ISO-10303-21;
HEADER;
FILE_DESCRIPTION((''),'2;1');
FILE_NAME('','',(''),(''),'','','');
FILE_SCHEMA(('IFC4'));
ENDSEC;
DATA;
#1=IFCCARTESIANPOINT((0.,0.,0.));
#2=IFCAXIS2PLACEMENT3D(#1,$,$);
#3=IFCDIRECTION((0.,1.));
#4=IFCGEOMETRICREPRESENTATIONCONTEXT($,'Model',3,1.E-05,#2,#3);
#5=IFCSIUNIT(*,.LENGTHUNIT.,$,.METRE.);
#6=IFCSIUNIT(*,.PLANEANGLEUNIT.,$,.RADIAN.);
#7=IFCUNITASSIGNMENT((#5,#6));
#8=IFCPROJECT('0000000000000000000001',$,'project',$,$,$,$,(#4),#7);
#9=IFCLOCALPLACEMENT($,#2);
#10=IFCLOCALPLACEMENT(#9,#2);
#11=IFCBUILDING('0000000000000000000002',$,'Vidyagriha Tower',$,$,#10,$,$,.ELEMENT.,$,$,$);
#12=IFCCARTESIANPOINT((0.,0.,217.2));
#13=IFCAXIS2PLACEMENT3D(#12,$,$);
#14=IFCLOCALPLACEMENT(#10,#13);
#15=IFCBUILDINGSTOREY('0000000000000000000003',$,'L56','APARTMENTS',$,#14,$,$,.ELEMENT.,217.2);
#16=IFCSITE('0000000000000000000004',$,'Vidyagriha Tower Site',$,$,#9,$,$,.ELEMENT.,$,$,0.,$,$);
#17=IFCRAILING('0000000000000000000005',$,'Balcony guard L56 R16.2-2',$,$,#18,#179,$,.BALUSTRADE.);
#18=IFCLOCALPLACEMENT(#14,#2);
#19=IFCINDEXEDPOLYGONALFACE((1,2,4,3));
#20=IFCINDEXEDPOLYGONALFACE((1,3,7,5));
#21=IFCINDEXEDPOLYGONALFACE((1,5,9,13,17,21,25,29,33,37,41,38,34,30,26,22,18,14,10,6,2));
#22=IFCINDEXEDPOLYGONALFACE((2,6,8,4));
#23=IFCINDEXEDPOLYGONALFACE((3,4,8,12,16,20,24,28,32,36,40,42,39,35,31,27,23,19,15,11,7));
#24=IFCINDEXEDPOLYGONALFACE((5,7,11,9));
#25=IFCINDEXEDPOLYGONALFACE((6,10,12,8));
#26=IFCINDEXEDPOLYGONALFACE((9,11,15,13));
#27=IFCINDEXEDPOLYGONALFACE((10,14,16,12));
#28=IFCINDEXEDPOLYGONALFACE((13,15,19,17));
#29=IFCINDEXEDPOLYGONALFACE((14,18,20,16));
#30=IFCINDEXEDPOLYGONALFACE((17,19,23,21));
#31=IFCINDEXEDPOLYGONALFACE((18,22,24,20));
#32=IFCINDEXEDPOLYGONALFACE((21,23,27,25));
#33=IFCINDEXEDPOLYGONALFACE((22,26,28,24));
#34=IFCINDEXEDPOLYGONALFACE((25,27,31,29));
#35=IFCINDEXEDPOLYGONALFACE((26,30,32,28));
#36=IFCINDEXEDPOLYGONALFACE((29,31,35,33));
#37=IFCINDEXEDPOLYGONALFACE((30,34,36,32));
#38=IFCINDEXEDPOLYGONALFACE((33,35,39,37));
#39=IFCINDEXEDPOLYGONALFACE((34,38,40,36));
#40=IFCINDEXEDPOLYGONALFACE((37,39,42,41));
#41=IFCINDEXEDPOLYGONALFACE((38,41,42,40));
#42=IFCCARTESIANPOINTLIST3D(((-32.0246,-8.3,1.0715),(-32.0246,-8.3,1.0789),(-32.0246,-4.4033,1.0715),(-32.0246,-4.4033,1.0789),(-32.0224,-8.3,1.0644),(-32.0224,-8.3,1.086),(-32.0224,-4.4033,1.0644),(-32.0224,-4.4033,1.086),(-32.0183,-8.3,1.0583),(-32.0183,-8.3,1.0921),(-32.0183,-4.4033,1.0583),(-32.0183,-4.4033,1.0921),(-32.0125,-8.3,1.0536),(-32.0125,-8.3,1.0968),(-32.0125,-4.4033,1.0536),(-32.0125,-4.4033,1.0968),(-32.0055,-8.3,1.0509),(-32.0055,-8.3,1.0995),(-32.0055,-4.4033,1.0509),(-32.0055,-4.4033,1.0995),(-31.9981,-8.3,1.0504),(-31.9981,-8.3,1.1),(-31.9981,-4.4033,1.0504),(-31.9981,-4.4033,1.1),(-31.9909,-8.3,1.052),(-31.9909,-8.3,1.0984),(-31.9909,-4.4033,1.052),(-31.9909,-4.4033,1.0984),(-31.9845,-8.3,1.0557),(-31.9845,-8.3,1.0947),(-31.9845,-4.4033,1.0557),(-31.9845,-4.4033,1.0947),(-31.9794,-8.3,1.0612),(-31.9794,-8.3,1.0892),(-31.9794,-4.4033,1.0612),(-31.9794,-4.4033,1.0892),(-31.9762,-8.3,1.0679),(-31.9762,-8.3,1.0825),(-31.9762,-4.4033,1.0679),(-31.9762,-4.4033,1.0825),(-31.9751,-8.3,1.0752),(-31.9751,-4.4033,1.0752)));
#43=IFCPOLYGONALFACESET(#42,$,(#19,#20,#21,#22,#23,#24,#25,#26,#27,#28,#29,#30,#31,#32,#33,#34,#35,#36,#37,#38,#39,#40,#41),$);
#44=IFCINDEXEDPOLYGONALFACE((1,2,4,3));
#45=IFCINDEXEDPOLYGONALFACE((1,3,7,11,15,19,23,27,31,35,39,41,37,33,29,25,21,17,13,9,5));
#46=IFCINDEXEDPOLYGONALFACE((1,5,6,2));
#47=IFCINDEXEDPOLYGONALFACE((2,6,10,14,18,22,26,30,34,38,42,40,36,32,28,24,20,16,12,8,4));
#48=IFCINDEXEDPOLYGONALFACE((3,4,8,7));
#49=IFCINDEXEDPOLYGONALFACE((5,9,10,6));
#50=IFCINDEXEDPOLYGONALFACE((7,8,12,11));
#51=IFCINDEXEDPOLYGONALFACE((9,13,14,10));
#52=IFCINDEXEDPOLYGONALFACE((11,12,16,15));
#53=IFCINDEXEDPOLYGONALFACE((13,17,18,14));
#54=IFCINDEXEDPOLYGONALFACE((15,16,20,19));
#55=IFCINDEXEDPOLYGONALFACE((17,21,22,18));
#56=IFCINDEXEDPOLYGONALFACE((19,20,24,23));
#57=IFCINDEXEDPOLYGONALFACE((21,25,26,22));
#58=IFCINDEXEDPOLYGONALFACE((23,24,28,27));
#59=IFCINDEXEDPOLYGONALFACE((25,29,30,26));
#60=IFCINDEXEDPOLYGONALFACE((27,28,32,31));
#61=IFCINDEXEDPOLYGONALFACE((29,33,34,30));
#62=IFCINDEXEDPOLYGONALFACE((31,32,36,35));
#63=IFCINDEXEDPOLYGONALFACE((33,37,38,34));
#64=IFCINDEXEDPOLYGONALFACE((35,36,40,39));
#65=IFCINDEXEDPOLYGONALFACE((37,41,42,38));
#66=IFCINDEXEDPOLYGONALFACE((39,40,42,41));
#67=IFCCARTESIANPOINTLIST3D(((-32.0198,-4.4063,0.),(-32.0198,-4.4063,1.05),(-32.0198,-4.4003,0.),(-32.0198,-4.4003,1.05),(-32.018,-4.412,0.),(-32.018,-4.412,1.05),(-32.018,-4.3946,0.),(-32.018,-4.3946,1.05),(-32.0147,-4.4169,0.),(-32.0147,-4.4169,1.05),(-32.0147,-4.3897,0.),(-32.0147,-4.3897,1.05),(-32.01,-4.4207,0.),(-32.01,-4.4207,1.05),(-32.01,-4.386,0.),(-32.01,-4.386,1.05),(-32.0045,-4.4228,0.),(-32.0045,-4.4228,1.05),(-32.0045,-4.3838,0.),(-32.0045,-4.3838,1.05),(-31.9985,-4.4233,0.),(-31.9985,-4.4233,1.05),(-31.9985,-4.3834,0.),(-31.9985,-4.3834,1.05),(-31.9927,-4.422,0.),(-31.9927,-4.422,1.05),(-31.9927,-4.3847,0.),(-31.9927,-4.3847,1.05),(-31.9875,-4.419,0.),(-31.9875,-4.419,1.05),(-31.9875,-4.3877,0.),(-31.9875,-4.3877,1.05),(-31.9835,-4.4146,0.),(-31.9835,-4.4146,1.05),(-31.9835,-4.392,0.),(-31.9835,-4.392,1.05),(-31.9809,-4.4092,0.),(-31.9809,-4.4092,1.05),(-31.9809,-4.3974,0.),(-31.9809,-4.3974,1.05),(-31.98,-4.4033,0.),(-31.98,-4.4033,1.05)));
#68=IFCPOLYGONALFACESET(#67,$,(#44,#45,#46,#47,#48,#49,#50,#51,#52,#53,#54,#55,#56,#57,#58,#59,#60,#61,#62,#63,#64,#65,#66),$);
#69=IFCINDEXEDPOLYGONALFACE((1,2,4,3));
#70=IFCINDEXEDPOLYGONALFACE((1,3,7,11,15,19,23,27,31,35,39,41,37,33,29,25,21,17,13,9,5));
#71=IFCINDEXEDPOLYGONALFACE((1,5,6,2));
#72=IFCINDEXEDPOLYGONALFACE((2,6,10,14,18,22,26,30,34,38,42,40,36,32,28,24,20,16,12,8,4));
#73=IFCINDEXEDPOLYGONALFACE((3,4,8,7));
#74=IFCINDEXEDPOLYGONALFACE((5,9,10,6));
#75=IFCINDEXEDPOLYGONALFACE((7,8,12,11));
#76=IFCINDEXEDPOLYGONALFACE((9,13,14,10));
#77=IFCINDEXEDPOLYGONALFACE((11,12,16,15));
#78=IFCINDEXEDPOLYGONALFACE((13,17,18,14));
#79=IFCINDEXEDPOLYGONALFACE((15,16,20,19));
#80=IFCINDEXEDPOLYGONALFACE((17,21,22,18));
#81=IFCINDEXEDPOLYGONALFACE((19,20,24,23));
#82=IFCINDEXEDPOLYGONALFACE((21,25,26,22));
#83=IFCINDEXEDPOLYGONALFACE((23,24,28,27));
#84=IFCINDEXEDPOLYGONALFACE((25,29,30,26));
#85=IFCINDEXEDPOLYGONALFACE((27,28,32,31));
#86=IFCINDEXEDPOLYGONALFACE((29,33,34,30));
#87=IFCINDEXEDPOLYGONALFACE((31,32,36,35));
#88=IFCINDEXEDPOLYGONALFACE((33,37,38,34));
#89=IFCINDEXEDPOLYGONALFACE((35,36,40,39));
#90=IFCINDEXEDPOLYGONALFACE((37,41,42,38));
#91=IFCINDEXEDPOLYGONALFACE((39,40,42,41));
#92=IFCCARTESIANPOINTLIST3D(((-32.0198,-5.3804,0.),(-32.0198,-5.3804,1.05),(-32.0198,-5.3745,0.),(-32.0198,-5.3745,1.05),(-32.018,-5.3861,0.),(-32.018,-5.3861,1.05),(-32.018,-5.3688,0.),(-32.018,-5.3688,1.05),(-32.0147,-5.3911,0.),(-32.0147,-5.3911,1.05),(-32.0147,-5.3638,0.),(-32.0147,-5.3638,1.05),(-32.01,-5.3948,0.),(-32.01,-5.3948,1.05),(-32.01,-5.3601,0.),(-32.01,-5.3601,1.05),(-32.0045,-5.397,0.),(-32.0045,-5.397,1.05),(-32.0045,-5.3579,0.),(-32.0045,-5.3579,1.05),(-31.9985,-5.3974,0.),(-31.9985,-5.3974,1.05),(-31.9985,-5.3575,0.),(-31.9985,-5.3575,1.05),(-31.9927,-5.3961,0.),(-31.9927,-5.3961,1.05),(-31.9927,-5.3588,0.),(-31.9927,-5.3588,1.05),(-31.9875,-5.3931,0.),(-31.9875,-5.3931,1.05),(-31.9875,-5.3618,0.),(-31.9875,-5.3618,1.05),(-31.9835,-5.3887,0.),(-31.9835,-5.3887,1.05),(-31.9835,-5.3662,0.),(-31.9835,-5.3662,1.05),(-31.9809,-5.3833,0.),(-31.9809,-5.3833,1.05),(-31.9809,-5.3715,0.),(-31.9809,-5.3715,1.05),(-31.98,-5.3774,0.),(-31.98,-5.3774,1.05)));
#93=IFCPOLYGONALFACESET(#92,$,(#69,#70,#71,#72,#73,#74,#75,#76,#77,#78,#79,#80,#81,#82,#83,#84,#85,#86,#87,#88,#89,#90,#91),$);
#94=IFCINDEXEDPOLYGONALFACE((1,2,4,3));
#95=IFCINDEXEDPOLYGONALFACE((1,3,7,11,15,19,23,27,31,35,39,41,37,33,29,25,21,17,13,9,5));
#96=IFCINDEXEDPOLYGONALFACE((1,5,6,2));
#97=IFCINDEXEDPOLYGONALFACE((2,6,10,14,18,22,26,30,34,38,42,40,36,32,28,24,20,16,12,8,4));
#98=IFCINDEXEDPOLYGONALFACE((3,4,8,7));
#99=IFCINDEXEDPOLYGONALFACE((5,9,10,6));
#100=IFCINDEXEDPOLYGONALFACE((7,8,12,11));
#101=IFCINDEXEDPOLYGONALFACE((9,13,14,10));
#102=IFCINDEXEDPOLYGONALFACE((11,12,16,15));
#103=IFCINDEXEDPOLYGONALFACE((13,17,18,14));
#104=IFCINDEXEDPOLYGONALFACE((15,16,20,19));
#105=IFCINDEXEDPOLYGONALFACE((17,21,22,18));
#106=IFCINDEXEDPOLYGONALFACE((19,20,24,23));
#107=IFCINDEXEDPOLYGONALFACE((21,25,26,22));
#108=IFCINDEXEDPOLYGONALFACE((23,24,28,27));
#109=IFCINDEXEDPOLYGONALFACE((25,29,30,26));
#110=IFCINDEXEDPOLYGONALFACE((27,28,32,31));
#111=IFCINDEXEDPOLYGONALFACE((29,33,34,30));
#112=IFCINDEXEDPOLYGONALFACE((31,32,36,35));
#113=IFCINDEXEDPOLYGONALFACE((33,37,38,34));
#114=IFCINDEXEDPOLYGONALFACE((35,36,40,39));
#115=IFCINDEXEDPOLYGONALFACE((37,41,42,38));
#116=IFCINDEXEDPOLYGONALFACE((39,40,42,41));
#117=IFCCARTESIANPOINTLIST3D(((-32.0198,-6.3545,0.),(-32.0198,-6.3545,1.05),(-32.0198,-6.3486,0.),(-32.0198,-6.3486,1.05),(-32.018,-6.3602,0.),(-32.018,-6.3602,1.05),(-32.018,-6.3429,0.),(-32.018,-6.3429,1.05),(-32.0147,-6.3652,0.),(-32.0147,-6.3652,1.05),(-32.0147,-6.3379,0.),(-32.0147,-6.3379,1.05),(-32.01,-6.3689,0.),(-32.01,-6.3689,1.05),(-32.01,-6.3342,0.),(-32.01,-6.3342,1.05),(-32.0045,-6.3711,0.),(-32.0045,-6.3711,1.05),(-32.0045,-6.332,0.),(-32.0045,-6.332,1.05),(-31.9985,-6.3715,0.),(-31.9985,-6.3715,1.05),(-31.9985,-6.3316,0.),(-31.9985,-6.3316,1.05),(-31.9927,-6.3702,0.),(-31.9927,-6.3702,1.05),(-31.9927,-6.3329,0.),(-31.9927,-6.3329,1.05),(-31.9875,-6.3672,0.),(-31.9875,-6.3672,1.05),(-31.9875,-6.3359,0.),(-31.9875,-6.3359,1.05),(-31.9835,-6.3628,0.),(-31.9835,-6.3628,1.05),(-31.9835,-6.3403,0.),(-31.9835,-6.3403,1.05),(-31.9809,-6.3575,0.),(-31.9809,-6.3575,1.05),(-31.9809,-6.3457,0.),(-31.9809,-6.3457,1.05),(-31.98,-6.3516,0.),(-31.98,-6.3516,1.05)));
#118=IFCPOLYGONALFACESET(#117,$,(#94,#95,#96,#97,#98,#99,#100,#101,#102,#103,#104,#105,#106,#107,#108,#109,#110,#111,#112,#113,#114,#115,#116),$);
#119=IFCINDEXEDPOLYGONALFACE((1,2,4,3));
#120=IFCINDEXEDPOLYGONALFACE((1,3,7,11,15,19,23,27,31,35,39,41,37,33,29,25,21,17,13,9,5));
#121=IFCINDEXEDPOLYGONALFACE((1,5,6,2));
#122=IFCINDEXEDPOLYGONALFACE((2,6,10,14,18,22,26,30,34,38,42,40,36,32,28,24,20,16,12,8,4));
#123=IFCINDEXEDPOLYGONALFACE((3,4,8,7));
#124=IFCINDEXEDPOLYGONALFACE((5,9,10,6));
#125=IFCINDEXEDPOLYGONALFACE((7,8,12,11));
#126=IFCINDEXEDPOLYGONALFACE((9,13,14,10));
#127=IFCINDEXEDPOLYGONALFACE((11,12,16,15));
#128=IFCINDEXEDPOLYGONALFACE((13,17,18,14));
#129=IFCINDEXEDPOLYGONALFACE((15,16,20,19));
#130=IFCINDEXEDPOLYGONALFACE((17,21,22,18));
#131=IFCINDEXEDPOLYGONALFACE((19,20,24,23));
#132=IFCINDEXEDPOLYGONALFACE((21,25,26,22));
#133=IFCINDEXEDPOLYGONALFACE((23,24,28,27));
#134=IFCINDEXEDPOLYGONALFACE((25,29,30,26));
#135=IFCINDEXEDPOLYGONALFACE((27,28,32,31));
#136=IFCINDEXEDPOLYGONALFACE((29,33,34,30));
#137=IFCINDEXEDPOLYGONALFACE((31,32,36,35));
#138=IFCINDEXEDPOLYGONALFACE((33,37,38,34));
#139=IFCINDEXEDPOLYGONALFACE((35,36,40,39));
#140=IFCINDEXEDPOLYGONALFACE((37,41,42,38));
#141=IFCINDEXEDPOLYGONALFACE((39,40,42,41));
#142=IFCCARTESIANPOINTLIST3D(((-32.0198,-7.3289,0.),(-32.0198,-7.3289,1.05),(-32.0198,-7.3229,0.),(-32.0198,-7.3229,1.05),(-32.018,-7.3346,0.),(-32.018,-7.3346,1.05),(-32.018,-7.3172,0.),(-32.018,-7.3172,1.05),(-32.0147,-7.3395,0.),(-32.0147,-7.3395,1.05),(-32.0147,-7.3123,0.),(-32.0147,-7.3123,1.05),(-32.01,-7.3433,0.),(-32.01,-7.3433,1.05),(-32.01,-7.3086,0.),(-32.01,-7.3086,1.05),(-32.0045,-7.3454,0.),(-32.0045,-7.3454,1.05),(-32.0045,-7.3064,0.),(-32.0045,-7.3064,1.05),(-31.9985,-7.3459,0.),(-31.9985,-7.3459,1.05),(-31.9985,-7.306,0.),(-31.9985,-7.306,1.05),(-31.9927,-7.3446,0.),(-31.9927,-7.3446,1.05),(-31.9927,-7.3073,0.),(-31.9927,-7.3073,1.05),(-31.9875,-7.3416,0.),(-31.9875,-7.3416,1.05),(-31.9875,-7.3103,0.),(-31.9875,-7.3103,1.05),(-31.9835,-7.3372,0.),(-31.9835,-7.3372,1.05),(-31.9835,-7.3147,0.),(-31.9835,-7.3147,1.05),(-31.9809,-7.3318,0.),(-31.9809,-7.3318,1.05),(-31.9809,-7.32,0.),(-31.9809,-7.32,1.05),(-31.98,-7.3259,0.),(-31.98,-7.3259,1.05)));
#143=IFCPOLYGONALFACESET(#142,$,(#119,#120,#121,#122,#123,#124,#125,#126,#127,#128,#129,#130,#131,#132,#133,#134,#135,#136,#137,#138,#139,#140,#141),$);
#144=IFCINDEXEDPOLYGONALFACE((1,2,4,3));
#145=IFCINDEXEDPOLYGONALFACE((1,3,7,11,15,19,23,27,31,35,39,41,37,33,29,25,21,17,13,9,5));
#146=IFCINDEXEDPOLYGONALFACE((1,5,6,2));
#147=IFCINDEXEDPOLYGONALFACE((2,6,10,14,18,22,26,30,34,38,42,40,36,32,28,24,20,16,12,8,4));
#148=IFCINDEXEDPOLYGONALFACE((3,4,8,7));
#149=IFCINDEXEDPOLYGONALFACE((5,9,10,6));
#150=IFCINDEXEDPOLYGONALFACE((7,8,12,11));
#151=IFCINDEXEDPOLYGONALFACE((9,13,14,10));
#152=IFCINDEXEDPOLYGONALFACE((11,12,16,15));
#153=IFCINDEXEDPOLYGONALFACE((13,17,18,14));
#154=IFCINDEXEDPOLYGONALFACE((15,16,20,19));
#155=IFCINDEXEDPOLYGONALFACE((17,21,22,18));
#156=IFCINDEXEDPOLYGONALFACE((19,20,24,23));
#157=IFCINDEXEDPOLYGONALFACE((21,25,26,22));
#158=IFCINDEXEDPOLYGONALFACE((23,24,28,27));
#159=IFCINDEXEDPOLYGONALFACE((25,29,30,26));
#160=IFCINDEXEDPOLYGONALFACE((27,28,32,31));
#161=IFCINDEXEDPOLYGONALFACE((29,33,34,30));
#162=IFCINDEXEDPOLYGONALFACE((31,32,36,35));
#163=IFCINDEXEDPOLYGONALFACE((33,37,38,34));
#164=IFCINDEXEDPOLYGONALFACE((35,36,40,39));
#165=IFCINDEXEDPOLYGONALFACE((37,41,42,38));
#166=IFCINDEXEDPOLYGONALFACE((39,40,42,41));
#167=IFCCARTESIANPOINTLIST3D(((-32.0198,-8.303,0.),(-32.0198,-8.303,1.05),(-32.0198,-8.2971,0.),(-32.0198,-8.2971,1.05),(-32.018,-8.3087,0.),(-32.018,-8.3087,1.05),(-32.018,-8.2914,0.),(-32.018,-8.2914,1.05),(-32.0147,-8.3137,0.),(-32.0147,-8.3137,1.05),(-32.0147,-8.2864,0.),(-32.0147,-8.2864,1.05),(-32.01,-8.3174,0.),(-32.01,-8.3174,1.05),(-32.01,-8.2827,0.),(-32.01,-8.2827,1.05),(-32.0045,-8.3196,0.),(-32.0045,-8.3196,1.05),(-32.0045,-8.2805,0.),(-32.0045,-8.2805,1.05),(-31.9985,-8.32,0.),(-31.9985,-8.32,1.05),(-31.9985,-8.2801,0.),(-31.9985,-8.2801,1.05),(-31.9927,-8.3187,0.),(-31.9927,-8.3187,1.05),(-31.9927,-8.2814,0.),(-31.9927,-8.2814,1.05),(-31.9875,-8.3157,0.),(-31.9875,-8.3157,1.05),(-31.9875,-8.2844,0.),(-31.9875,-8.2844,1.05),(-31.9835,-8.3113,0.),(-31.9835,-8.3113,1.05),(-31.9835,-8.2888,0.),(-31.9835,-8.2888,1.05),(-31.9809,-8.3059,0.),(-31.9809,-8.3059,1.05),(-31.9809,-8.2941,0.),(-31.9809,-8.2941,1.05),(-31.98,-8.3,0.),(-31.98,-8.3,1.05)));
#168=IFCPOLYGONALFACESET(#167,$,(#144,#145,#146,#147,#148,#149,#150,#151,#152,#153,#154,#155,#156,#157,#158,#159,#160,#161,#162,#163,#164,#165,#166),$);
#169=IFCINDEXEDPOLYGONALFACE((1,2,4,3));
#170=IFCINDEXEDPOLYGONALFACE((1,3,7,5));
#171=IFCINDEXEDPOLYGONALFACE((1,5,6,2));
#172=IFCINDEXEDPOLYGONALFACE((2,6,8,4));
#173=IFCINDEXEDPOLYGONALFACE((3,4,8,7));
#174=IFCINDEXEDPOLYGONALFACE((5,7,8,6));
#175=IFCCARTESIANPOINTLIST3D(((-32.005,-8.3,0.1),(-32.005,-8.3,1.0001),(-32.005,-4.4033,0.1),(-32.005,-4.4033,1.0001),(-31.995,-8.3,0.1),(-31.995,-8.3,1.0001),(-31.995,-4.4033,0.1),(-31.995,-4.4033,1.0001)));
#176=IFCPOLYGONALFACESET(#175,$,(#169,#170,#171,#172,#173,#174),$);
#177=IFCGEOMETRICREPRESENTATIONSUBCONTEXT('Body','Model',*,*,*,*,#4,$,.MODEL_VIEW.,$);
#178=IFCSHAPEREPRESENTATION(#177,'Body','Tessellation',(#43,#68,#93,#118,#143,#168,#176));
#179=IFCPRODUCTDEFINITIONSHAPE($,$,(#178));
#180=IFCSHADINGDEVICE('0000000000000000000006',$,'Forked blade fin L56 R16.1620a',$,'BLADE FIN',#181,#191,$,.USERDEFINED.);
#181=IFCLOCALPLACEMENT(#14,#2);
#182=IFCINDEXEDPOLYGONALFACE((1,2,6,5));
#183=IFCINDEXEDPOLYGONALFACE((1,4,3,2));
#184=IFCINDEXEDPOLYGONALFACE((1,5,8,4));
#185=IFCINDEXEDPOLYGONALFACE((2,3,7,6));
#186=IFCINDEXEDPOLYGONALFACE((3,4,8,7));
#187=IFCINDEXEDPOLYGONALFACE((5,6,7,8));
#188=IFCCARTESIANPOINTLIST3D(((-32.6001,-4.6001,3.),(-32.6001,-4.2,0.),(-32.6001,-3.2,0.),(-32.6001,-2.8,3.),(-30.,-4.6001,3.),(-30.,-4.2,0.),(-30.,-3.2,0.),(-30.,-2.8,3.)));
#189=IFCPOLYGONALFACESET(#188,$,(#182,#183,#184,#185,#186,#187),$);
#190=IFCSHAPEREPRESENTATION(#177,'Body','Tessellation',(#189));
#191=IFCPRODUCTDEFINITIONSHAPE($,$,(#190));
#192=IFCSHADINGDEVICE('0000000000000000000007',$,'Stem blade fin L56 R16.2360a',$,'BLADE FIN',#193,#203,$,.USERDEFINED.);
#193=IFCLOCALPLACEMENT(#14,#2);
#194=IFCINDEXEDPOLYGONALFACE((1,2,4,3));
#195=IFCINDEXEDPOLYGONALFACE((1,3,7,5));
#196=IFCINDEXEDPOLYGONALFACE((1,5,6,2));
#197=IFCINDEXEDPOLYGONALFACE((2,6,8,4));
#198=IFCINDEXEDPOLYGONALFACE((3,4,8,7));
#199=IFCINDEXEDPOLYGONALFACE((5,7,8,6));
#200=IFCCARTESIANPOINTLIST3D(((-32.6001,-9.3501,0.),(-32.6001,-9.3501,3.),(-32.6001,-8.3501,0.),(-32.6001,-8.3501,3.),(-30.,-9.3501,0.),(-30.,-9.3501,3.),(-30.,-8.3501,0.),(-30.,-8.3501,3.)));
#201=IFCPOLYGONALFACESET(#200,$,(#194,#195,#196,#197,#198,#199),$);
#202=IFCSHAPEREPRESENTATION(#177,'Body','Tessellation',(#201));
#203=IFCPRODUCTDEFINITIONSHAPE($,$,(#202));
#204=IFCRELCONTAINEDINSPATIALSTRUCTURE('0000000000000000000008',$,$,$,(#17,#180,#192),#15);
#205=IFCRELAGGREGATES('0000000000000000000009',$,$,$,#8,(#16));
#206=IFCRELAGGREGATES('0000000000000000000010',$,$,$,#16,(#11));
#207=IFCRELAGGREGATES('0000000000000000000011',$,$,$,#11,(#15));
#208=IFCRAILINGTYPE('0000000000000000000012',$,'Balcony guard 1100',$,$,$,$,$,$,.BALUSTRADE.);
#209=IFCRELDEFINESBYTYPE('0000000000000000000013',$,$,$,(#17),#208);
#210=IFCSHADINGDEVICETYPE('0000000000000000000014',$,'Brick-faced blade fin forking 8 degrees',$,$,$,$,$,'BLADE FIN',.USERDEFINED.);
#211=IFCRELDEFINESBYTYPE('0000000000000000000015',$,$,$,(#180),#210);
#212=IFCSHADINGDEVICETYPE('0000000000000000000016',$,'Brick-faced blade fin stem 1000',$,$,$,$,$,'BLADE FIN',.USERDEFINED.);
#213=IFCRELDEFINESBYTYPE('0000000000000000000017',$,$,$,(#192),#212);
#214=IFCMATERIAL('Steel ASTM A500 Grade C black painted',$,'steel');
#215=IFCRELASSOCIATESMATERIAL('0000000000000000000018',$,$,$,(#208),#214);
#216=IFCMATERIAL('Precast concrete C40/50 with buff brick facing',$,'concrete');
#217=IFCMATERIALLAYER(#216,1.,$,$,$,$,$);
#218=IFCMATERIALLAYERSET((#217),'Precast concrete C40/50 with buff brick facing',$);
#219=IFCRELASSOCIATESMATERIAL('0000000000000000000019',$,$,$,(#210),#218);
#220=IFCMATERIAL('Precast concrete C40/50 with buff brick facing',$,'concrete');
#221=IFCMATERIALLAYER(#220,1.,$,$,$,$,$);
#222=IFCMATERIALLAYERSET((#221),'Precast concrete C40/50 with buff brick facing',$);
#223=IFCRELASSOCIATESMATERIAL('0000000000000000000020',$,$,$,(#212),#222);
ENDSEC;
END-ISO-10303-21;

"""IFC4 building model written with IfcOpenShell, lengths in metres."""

from ifc_helpers import new_model, si_unit, direction, frame, origin, origin_2d, place, context, subcontext, project, spatial, polyline, rectangle, circle, outline, extrude, material, layer, layer_set, type_object, element, save


model = new_model("IFC4")

# Units and contexts
model_context = context("Model", 3, precision=1e-05, world=origin(), true_north=direction((0.0, 1.0)))
body_context = subcontext(model_context, "Body", "Model", "MODEL_VIEW")
ifc_project = project(units=[si_unit("LENGTHUNIT", "METRE"), si_unit("PLANEANGLEUNIT", "RADIAN")], contexts=[model_context])

# Site, building, storey
site_placement = place(None, origin())
site = spatial("IfcSite", under=ifc_project, at=site_placement, Name="Vidyagriha Tower Site", CompositionType="ELEMENT", RefElevation=0.0)
building_placement = place(site_placement, origin())
building = spatial("IfcBuilding", under=site, at=building_placement, Name="Vidyagriha Tower", CompositionType="ELEMENT")
storey_placement = place(building_placement, frame((0.0, 0.0, 217.2)))
storey = spatial("IfcBuildingStorey", under=building, at=storey_placement, Name="L56", Description="APARTMENTS", CompositionType="ELEMENT", Elevation=217.2)

# Railing
ifc_material_1 = material(Name="Steel ASTM A500 Grade C black painted", Category="steel")
railing_type_1 = type_object("IfcRailingType", Name="Balcony guard 1100", PredefinedType="BALUSTRADE", material=ifc_material_1)
railing_1_placement = place(storey_placement, frame((-32.0, -4.4033, 0.0)))
element("IfcRailing", 1, at=railing_1_placement, inside=storey, type_object=railing_type_1, Name="Balcony guard L56 R16.2-2", PredefinedType="BALUSTRADE", context=body_context, shape_type="SweptSolid", body=[
    extrude(circle(Radius=0.0249, at=origin_2d()), frame((0.0, 0.0, 1.0752), z_axis=(0.0, -1.0, 0.0), x_axis=(1.0, 0.0, 0.0)), (0.0, 0.0, 1.0), 3.8967),
    extrude(circle(Radius=0.02, at=origin_2d()), origin(), (0.0, 0.0, 1.0), 1.05),
    extrude(circle(Radius=0.02, at=origin_2d()), frame((0.0, -0.9741, 0.0)), (0.0, 0.0, 1.0), 1.05),
    extrude(circle(Radius=0.02, at=origin_2d()), frame((0.0, -1.9482, 0.0)), (0.0, 0.0, 1.0), 1.05),
    extrude(circle(Radius=0.02, at=origin_2d()), frame((0.0, -2.9226, 0.0)), (0.0, 0.0, 1.0), 1.05),
    extrude(circle(Radius=0.02, at=origin_2d()), frame((0.0, -3.8967, 0.0)), (0.0, 0.0, 1.0), 1.05),
    extrude(rectangle(XDim=0.01, YDim=0.9001, at=origin_2d()), frame((0.0, 0.0, 0.55), z_axis=(0.0, -1.0, 0.0), x_axis=(1.0, 0.0, 0.0)), (0.0, 0.0, 1.0), 3.8967),
])

# Shading devices
ifc_material_2 = material(Name="Precast concrete C40/50 with buff brick facing", Category="concrete")
ifc_layer_1 = layer(ifc_material_2, 1.0)
ifc_layer_set_1 = layer_set([ifc_layer_1], Name="Precast concrete C40/50 with buff brick facing")
shading_device_type_1 = type_object("IfcShadingDeviceType", Name="Brick-faced blade fin forking 8 degrees", ElementType="BLADE FIN", PredefinedType="USERDEFINED", material=ifc_layer_set_1)
shading_device_1_placement = place(storey_placement, frame((-31.3, -2.8, 0.0), z_axis=(0.0, 0.0, 1.0), x_axis=(0.0, -1.0, 0.0)))
element("IfcShadingDevice", 2, at=shading_device_1_placement, inside=storey, type_object=shading_device_type_1, Name="Forked blade fin L56 R16.1620a", ObjectType="BLADE FIN", PredefinedType="USERDEFINED", context=body_context, shape_type="SweptSolid", body=[
    extrude(outline(polyline([(0.3999, 0.0), (1.3999, 0.0), (1.8, 3.0), (0.0, 3.0), (0.3999, 0.0)])), frame((0.0, 1.3, 0.0), z_axis=(0.0, -1.0, 0.0), x_axis=(1.0, 0.0, 0.0)), (0.0, 0.0, 1.0), 2.6001),
])
ifc_material_3 = material(Name="Precast concrete C40/50 with buff brick facing", Category="concrete")
ifc_layer_2 = layer(ifc_material_3, 1.0)
ifc_layer_set_2 = layer_set([ifc_layer_2], Name="Precast concrete C40/50 with buff brick facing")
shading_device_type_2 = type_object("IfcShadingDeviceType", Name="Brick-faced blade fin stem 1000", ElementType="BLADE FIN", PredefinedType="USERDEFINED", material=ifc_layer_set_2)
shading_device_2_placement = place(storey_placement, frame((-31.3, -8.3501, 0.0), z_axis=(0.0, 0.0, 1.0), x_axis=(0.0, -1.0, 0.0)))
element("IfcShadingDevice", 3, at=shading_device_2_placement, inside=storey, type_object=shading_device_type_2, Name="Stem blade fin L56 R16.2360a", ObjectType="BLADE FIN", PredefinedType="USERDEFINED", context=body_context, shape_type="SweptSolid", body=[
    extrude(outline(polyline([(0.0, 0.0), (1.0, 0.0), (1.0, 3.0), (0.0, 3.0), (0.0, 0.0)])), frame((0.0, 1.3, 0.0), z_axis=(0.0, -1.0, 0.0), x_axis=(1.0, 0.0, 0.0)), (0.0, 0.0, 1.0), 2.6001),
])

save(model, "model.ifc")
